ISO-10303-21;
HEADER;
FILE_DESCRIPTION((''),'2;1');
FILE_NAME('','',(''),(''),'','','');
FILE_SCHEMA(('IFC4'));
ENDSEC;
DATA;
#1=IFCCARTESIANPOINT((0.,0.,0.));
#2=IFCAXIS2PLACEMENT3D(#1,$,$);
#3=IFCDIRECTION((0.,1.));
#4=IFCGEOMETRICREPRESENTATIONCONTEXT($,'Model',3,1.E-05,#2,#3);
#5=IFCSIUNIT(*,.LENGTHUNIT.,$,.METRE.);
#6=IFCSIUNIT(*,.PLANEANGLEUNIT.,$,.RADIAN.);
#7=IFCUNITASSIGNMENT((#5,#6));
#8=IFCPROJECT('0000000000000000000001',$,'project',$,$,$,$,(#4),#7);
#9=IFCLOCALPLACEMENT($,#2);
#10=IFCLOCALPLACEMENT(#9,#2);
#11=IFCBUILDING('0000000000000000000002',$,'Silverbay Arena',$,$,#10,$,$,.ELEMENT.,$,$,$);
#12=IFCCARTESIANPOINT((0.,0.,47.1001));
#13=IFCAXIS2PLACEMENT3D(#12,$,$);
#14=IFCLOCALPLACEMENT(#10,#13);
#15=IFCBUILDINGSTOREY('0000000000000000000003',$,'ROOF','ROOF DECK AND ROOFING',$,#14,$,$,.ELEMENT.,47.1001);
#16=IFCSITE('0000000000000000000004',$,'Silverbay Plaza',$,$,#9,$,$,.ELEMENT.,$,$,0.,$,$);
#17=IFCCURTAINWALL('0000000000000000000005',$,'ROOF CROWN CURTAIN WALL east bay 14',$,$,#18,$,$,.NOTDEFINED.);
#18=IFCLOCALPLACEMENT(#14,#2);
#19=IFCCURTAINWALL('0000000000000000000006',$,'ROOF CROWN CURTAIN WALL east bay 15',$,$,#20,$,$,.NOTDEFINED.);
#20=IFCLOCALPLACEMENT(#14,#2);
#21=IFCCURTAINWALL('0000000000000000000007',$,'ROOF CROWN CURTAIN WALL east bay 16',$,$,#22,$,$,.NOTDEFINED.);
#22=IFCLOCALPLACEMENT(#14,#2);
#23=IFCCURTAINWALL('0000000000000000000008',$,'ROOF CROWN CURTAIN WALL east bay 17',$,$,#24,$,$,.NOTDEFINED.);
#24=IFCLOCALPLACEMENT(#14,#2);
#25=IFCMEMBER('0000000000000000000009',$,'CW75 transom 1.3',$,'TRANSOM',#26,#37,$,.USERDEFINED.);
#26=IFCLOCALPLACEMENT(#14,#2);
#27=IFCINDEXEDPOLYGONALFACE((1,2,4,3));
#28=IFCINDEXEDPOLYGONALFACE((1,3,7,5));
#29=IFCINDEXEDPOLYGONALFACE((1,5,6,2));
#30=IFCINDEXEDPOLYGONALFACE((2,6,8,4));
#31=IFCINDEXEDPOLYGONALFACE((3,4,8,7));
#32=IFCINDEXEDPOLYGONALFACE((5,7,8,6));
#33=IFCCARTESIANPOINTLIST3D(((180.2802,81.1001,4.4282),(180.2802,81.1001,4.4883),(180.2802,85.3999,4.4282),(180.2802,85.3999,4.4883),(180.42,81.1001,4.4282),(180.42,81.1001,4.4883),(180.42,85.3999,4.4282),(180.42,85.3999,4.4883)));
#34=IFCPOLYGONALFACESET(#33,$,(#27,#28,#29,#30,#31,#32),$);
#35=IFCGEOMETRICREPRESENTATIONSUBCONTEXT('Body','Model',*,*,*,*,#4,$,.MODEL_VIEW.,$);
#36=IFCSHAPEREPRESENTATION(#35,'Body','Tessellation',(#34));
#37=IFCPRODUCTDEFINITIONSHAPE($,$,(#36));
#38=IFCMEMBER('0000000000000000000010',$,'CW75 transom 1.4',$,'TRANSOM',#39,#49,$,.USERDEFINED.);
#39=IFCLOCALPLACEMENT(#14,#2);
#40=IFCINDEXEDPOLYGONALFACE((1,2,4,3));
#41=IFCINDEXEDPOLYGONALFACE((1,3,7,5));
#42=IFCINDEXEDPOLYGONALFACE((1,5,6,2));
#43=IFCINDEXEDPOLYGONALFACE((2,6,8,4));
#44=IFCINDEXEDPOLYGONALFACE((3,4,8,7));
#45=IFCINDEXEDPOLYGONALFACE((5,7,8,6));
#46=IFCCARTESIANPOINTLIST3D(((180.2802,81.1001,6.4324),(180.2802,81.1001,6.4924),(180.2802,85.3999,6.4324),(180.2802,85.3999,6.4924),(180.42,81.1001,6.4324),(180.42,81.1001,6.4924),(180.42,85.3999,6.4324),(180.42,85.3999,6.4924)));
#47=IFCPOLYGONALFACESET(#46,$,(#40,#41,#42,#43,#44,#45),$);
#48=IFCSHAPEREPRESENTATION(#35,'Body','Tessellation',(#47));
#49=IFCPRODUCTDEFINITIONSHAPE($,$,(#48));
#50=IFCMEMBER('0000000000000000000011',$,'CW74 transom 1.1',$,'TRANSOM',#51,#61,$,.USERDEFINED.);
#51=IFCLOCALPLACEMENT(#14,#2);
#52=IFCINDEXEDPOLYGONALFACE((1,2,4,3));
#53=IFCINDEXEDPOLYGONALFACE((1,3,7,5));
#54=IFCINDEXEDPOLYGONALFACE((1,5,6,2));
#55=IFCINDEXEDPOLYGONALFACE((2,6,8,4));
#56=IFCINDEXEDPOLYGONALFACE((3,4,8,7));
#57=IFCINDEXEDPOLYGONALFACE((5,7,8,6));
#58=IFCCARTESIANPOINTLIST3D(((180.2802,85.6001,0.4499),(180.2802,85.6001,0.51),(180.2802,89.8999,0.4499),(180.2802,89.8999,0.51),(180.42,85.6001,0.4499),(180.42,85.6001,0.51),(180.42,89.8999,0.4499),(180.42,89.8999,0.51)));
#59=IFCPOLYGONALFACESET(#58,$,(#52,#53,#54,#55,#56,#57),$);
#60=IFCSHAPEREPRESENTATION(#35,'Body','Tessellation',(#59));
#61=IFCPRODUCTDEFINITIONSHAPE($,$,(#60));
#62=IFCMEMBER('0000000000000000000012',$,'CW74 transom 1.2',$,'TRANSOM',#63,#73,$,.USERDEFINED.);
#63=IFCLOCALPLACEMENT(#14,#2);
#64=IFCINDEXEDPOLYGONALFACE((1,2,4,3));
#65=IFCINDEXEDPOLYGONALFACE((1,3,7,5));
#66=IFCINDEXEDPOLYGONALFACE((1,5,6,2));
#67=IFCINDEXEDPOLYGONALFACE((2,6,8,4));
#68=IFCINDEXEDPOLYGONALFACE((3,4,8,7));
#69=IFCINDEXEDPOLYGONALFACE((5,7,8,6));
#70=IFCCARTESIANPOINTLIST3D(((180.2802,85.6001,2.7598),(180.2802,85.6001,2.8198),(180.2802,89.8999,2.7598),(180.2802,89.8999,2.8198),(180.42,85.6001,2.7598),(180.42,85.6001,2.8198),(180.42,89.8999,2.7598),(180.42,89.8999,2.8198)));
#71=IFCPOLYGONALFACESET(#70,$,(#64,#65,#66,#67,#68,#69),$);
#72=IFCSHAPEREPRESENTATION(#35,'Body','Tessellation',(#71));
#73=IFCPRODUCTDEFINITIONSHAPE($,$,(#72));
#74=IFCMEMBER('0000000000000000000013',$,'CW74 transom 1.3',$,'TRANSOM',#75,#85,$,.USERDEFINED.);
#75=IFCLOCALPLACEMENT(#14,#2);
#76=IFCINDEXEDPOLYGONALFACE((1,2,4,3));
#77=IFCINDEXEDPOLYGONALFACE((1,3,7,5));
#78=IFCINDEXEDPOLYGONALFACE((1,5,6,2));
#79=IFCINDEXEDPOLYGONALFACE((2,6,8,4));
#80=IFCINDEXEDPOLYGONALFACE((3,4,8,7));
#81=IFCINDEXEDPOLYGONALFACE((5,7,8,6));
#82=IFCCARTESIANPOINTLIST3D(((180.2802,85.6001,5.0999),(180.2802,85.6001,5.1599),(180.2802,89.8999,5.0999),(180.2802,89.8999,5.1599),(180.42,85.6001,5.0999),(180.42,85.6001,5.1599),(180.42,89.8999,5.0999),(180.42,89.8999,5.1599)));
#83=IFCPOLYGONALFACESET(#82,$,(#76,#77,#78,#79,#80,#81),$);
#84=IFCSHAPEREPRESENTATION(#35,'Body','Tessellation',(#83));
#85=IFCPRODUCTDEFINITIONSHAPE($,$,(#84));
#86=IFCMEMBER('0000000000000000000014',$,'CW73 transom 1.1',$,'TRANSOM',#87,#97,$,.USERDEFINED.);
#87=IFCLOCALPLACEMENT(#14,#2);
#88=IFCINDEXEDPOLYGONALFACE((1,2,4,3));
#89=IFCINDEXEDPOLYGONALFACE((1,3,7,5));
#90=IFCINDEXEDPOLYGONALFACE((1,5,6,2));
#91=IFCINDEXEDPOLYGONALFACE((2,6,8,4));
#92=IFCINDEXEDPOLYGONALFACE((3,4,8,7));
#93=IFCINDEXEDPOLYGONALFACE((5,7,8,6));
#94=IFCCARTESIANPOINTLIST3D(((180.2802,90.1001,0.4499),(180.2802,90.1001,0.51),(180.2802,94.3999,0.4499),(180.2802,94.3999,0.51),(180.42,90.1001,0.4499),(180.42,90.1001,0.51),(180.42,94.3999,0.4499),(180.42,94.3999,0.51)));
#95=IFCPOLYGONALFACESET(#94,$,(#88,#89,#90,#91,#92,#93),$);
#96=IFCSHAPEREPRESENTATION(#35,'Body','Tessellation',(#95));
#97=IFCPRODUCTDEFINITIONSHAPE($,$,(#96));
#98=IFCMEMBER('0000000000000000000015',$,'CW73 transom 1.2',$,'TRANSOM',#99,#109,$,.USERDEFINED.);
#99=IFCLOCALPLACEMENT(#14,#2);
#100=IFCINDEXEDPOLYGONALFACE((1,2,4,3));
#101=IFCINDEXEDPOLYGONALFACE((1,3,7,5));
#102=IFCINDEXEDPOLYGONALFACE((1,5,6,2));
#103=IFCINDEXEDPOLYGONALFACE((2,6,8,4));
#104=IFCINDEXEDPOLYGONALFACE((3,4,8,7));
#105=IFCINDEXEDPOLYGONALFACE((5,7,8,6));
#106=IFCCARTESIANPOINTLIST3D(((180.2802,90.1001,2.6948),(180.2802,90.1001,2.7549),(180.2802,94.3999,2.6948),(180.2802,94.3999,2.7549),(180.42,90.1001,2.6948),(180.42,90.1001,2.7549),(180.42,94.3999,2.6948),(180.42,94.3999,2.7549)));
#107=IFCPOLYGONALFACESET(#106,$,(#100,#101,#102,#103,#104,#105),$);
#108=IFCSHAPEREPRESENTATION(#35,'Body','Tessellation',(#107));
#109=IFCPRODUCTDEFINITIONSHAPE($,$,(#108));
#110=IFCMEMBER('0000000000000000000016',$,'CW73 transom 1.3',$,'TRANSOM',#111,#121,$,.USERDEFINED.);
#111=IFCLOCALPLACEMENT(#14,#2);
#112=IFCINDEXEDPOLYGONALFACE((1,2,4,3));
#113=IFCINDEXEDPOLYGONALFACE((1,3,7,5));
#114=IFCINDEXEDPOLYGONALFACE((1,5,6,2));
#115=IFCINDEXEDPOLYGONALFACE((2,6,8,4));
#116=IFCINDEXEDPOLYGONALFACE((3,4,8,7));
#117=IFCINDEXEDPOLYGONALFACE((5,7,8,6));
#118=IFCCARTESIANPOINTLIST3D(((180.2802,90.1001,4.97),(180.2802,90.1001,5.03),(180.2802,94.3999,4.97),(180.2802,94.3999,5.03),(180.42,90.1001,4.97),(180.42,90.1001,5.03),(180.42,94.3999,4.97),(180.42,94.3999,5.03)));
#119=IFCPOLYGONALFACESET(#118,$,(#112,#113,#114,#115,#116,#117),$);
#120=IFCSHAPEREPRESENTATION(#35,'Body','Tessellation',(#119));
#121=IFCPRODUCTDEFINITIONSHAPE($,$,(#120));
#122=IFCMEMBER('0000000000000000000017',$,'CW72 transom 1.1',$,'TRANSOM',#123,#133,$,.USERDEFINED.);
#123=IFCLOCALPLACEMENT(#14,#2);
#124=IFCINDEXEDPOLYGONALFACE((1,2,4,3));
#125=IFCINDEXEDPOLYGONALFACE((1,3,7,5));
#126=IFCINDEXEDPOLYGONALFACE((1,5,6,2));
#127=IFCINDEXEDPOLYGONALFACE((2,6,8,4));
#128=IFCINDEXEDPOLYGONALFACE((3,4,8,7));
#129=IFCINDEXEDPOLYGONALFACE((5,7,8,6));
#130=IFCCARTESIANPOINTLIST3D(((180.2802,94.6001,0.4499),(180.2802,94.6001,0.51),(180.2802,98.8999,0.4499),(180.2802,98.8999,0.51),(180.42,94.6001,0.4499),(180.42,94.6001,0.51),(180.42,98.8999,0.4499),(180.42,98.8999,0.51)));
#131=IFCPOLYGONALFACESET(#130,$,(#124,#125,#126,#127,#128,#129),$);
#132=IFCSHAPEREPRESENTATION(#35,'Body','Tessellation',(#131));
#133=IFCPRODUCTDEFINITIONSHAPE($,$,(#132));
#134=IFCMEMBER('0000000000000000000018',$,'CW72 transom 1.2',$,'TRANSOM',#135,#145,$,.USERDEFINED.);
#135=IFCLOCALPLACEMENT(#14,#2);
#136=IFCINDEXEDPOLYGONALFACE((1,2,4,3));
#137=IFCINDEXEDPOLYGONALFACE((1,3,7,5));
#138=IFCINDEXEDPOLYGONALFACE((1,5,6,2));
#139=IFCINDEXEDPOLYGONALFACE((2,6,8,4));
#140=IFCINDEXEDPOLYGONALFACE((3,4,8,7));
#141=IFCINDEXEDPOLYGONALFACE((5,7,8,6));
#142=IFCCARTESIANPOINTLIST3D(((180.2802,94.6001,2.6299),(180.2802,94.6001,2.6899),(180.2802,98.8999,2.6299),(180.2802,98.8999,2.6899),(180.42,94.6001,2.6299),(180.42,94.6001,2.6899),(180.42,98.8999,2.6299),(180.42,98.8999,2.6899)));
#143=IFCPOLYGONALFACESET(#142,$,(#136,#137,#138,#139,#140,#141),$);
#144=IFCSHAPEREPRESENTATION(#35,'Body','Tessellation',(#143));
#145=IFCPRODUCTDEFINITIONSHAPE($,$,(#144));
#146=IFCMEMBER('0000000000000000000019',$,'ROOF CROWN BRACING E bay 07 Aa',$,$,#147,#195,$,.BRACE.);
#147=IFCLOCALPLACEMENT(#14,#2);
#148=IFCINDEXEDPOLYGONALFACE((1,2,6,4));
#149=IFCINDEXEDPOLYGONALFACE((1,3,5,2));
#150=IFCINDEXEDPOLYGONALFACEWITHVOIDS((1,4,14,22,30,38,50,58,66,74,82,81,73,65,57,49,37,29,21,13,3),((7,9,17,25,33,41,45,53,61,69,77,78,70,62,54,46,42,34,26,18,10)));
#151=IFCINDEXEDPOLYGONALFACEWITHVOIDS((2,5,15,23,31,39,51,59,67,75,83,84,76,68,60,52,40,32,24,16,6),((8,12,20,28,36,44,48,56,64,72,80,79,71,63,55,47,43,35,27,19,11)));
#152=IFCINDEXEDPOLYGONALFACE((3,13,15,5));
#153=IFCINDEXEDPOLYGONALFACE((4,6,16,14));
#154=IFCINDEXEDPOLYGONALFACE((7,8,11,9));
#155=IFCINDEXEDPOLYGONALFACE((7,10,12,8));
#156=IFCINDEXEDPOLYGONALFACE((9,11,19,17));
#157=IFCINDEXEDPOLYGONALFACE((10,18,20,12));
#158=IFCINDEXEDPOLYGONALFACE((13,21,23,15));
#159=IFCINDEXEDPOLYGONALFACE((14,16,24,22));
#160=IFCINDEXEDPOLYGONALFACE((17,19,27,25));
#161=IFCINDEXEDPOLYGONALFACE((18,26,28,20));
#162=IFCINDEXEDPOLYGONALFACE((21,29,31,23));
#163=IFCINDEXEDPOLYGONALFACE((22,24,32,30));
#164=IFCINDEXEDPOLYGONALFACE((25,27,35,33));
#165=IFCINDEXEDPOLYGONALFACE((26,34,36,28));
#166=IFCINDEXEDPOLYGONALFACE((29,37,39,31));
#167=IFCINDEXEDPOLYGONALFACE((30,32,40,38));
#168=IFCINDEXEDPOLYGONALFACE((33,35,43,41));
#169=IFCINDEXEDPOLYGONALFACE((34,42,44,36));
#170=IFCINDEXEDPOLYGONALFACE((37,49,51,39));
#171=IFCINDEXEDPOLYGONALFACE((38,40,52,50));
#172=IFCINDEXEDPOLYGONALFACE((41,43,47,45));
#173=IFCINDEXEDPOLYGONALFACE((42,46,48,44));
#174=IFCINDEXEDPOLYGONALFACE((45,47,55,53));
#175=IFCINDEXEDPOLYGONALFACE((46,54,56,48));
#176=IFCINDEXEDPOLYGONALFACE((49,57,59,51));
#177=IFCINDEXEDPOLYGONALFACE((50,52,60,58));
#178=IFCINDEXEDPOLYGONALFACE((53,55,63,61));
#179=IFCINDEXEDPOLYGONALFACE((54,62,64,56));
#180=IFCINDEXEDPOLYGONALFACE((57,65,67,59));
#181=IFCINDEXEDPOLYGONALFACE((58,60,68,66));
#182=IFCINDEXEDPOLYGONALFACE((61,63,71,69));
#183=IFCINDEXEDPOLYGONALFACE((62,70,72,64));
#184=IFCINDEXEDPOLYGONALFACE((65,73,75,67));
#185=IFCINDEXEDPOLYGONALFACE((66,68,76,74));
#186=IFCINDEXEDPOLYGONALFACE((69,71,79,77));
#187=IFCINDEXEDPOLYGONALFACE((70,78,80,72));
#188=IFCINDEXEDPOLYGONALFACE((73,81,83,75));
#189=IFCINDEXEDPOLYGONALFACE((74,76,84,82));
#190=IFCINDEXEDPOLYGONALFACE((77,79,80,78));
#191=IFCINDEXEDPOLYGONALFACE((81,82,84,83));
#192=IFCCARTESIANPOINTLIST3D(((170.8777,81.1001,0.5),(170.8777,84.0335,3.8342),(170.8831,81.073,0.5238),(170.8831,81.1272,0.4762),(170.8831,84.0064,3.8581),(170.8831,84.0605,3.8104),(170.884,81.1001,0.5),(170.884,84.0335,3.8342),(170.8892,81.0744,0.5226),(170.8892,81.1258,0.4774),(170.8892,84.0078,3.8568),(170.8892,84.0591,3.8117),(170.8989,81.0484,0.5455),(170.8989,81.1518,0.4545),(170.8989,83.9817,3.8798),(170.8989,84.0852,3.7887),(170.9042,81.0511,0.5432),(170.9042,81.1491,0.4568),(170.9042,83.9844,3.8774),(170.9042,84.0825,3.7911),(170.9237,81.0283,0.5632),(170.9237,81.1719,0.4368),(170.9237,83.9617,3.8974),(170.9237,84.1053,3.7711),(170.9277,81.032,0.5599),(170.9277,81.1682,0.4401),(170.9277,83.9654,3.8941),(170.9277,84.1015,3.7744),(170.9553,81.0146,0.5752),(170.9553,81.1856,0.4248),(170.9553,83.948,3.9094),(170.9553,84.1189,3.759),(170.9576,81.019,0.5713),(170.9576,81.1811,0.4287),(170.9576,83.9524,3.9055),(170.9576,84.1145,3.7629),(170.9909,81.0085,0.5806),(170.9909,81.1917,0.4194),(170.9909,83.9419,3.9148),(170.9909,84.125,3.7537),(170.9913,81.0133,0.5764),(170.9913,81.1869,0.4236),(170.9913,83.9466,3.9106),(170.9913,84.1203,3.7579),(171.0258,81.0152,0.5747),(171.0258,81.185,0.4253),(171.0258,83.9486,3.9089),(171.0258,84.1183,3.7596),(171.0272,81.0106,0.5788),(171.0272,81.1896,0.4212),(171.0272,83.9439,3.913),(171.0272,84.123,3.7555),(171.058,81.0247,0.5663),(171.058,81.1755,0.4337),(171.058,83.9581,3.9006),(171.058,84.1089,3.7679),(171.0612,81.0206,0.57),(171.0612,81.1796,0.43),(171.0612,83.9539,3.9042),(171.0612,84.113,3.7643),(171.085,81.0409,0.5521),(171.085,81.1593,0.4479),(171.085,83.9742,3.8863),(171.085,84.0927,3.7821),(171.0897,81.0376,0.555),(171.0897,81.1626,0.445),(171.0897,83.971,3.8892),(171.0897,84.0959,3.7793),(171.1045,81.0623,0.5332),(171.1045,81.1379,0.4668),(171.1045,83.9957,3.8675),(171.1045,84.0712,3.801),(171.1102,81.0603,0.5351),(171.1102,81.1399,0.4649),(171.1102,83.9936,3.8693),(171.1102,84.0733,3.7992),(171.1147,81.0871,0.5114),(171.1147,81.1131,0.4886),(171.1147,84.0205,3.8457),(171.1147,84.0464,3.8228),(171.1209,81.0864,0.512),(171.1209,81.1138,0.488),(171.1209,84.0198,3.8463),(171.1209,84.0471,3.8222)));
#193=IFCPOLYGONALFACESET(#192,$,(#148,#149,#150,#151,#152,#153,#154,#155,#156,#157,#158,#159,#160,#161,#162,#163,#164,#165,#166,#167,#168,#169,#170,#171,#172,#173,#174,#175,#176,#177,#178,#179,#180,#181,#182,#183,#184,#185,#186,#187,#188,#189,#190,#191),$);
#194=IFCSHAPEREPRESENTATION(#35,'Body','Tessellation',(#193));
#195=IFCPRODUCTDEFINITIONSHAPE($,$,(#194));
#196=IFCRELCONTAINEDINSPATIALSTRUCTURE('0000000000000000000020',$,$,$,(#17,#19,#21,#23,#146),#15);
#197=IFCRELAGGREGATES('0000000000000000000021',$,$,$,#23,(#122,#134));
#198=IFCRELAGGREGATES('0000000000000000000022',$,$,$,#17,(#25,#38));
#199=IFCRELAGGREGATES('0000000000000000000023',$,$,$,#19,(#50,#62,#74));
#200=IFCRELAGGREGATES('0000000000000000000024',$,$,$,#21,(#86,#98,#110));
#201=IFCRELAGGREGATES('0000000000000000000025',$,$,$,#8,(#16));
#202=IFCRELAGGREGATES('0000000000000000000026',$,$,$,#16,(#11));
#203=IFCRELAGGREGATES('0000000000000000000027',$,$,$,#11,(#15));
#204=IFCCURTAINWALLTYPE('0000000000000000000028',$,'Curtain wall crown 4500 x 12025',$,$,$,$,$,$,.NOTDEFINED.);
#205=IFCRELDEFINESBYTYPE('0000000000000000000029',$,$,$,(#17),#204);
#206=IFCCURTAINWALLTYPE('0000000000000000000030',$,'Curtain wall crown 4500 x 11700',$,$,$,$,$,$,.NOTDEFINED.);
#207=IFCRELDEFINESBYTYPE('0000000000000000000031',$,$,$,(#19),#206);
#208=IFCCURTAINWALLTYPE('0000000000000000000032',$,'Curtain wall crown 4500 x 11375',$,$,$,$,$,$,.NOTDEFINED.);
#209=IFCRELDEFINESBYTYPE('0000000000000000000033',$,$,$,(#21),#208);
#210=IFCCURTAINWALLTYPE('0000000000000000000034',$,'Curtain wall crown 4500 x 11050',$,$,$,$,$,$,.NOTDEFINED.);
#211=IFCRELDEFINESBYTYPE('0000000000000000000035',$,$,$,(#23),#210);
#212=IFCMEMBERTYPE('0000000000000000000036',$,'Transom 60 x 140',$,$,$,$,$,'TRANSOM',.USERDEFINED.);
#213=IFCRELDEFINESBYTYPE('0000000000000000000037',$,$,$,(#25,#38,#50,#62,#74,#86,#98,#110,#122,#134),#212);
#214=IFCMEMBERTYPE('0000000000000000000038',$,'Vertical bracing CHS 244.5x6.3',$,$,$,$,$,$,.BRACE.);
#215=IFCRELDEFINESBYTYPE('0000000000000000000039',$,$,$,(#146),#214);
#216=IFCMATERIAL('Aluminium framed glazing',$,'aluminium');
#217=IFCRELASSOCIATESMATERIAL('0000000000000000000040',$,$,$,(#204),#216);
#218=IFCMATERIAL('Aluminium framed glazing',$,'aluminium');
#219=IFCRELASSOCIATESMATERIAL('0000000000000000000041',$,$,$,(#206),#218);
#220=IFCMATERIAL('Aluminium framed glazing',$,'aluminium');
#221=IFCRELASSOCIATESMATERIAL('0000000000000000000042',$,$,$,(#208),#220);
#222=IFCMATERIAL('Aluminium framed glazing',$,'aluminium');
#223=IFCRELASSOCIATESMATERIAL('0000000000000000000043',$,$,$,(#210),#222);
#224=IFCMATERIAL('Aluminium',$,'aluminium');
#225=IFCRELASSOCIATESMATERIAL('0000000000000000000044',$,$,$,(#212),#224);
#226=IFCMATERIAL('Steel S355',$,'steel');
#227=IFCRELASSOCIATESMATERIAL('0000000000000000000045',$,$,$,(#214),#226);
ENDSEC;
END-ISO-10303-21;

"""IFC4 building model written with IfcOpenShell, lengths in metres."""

from ifc_helpers import new_model, si_unit, direction, frame, origin, origin_2d, place, context, subcontext, project, spatial, rectangle, hollow_circle, extrude, material, material_profile, profile_set, type_object, element, aggregate, save


model = new_model("IFC4")

# Units and contexts
model_context = context("Model", 3, precision=1e-05, world=origin(), true_north=direction((0.0, 1.0)))
body_context = subcontext(model_context, "Body", "Model", "MODEL_VIEW")
ifc_project = project(units=[si_unit("LENGTHUNIT", "METRE"), si_unit("PLANEANGLEUNIT", "RADIAN")], contexts=[model_context])

# Site, building, storey
site_placement = place(None, origin())
site = spatial("IfcSite", under=ifc_project, at=site_placement, Name="Silverbay Plaza", CompositionType="ELEMENT", RefElevation=0.0)
building_placement = place(site_placement, origin())
building = spatial("IfcBuilding", under=site, at=building_placement, Name="Silverbay Arena", CompositionType="ELEMENT")
storey_placement = place(building_placement, frame((0.0, 0.0, 47.1001)))
storey = spatial("IfcBuildingStorey", under=building, at=storey_placement, Name="ROOF", Description="ROOF DECK AND ROOFING", CompositionType="ELEMENT", Elevation=47.1001)

# Curtain walls
ifc_material_1 = material(Name="Aluminium framed glazing", Category="aluminium")
curtain_wall_type_1 = type_object("IfcCurtainWallType", Name="Curtain wall crown 4500 x 12025", PredefinedType="NOTDEFINED", material=ifc_material_1)
curtain_wall_1_placement = place(storey_placement, origin())
curtain_wall_1 = element("IfcCurtainWall", 1, at=curtain_wall_1_placement, inside=storey, type_object=curtain_wall_type_1, Name="ROOF CROWN CURTAIN WALL east bay 14", PredefinedType="NOTDEFINED")
placement = place(building_placement, frame((0.0, 0.0, 33.5)))
ifc_material_2 = material(Name="Aluminium framed glazing", Category="aluminium")
curtain_wall_type_2 = type_object("IfcCurtainWallType", Name="Curtain wall crown 4500 x 11700", PredefinedType="NOTDEFINED", material=ifc_material_2)
curtain_wall_2_placement = place(storey_placement, origin())
curtain_wall_2 = element("IfcCurtainWall", 2, at=curtain_wall_2_placement, inside=storey, type_object=curtain_wall_type_2, Name="ROOF CROWN CURTAIN WALL east bay 15", PredefinedType="NOTDEFINED")
ifc_material_3 = material(Name="Aluminium framed glazing", Category="aluminium")
curtain_wall_type_3 = type_object("IfcCurtainWallType", Name="Curtain wall crown 4500 x 11375", PredefinedType="NOTDEFINED", material=ifc_material_3)
curtain_wall_3_placement = place(storey_placement, origin())
curtain_wall_3 = element("IfcCurtainWall", 3, at=curtain_wall_3_placement, inside=storey, type_object=curtain_wall_type_3, Name="ROOF CROWN CURTAIN WALL east bay 16", PredefinedType="NOTDEFINED")

# Curtain wall
ifc_material_4 = material(Name="Aluminium framed glazing", Category="aluminium")
curtain_wall_type_4 = type_object("IfcCurtainWallType", Name="Curtain wall crown 4500 x 11050", PredefinedType="NOTDEFINED", material=ifc_material_4)
curtain_wall_4_placement = place(storey_placement, origin())
curtain_wall_4 = element("IfcCurtainWall", 4, at=curtain_wall_4_placement, inside=storey, type_object=curtain_wall_type_4, Name="ROOF CROWN CURTAIN WALL east bay 17", PredefinedType="NOTDEFINED")

# Members
ifc_material_5 = material(Name="Aluminium", Category="aluminium")
ifc_material_profile_1 = material_profile(ifc_material_5, rectangle(XDim=0.1399, YDim=0.0601, at=origin_2d()), Name="Transom 60 x 140")
ifc_profile_set_1 = profile_set([ifc_material_profile_1], Name="Aluminium")
member_type_1 = type_object("IfcMemberType", Name="Transom 60 x 140", ElementType="TRANSOM", PredefinedType="USERDEFINED", material=ifc_profile_set_1)
member_1_placement = place(placement, frame((180.3501, 81.1001, 18.0583), z_axis=(0.0, 1.0, 0.0), x_axis=(-1.0, 0.0, 0.0)))
member_1 = element("IfcMember", 5, at=member_1_placement, type_object=member_type_1, Name="CW75 transom 1.3", ObjectType="TRANSOM", PredefinedType="USERDEFINED", context=body_context, shape_type="SweptSolid", body=[
    extrude(rectangle(XDim=0.1399, YDim=0.0601, at=origin_2d()), origin(), (0.0, 0.0, 1.0), 4.2998),
])
member_2_placement = place(placement, frame((180.3501, 81.1001, 20.0625), z_axis=(0.0, 1.0, 0.0), x_axis=(-1.0, 0.0, 0.0)))
member_2 = element("IfcMember", 6, at=member_2_placement, type_object=member_type_1, Name="CW75 transom 1.4", ObjectType="TRANSOM", PredefinedType="USERDEFINED", context=body_context, shape_type="SweptSolid", body=[
    extrude(rectangle(XDim=0.1399, YDim=0.0601, at=origin_2d()), origin(), (0.0, 0.0, 1.0), 4.2998),
])
member_3_placement = place(placement, frame((180.3501, 85.6001, 14.0801), z_axis=(0.0, 1.0, 0.0), x_axis=(-1.0, 0.0, 0.0)))
member_3 = element("IfcMember", 7, at=member_3_placement, type_object=member_type_1, Name="CW74 transom 1.1", ObjectType="TRANSOM", PredefinedType="USERDEFINED", context=body_context, shape_type="SweptSolid", body=[
    extrude(rectangle(XDim=0.1399, YDim=0.0601, at=origin_2d()), origin(), (0.0, 0.0, 1.0), 4.2998),
])
member_4_placement = place(placement, frame((180.3501, 85.6001, 16.3899), z_axis=(0.0, 1.0, 0.0), x_axis=(-1.0, 0.0, 0.0)))
member_4 = element("IfcMember", 8, at=member_4_placement, type_object=member_type_1, Name="CW74 transom 1.2", ObjectType="TRANSOM", PredefinedType="USERDEFINED", context=body_context, shape_type="SweptSolid", body=[
    extrude(rectangle(XDim=0.1399, YDim=0.0601, at=origin_2d()), origin(), (0.0, 0.0, 1.0), 4.2998),
])
member_5_placement = place(placement, frame((180.3501, 85.6001, 18.73), z_axis=(0.0, 1.0, 0.0), x_axis=(-1.0, 0.0, 0.0)))
member_5 = element("IfcMember", 9, at=member_5_placement, type_object=member_type_1, Name="CW74 transom 1.3", ObjectType="TRANSOM", PredefinedType="USERDEFINED", context=body_context, shape_type="SweptSolid", body=[
    extrude(rectangle(XDim=0.1399, YDim=0.0601, at=origin_2d()), origin(), (0.0, 0.0, 1.0), 4.2998),
])
member_6_placement = place(placement, frame((180.3501, 90.1001, 14.0801), z_axis=(0.0, 1.0, 0.0), x_axis=(-1.0, 0.0, 0.0)))
member_6 = element("IfcMember", 10, at=member_6_placement, type_object=member_type_1, Name="CW73 transom 1.1", ObjectType="TRANSOM", PredefinedType="USERDEFINED", context=body_context, shape_type="SweptSolid", body=[
    extrude(rectangle(XDim=0.1399, YDim=0.0601, at=origin_2d()), origin(), (0.0, 0.0, 1.0), 4.2998),
])
member_7_placement = place(placement, frame((180.3501, 90.1001, 16.325), z_axis=(0.0, 1.0, 0.0), x_axis=(-1.0, 0.0, 0.0)))
member_7 = element("IfcMember", 11, at=member_7_placement, type_object=member_type_1, Name="CW73 transom 1.2", ObjectType="TRANSOM", PredefinedType="USERDEFINED", context=body_context, shape_type="SweptSolid", body=[
    extrude(rectangle(XDim=0.1399, YDim=0.0601, at=origin_2d()), origin(), (0.0, 0.0, 1.0), 4.2998),
])
member_8_placement = place(placement, frame((180.3501, 90.1001, 18.6001), z_axis=(0.0, 1.0, 0.0), x_axis=(-1.0, 0.0, 0.0)))
member_8 = element("IfcMember", 12, at=member_8_placement, type_object=member_type_1, Name="CW73 transom 1.3", ObjectType="TRANSOM", PredefinedType="USERDEFINED", context=body_context, shape_type="SweptSolid", body=[
    extrude(rectangle(XDim=0.1399, YDim=0.0601, at=origin_2d()), origin(), (0.0, 0.0, 1.0), 4.2998),
])
member_9_placement = place(placement, frame((180.3501, 94.6001, 14.0801), z_axis=(0.0, 1.0, 0.0), x_axis=(-1.0, 0.0, 0.0)))
member_9 = element("IfcMember", 13, at=member_9_placement, type_object=member_type_1, Name="CW72 transom 1.1", ObjectType="TRANSOM", PredefinedType="USERDEFINED", context=body_context, shape_type="SweptSolid", body=[
    extrude(rectangle(XDim=0.1399, YDim=0.0601, at=origin_2d()), origin(), (0.0, 0.0, 1.0), 4.2998),
])
member_10_placement = place(placement, frame((180.3501, 94.6001, 16.26), z_axis=(0.0, 1.0, 0.0), x_axis=(-1.0, 0.0, 0.0)))
member_10 = element("IfcMember", 14, at=member_10_placement, type_object=member_type_1, Name="CW72 transom 1.2", ObjectType="TRANSOM", PredefinedType="USERDEFINED", context=body_context, shape_type="SweptSolid", body=[
    extrude(rectangle(XDim=0.1399, YDim=0.0601, at=origin_2d()), origin(), (0.0, 0.0, 1.0), 4.2998),
])
aggregate(curtain_wall_4, [member_9, member_10])

# Member
ifc_material_6 = material(Name="Steel S355", Category="steel")
ifc_material_profile_2 = material_profile(ifc_material_6, hollow_circle(Radius=0.1223, WallThickness=0.0063, at=origin_2d()), Name="CHS 244.5x6.3")
ifc_profile_set_2 = profile_set([ifc_material_profile_2], Name="Steel S355")
member_type_2 = type_object("IfcMemberType", Name="Vertical bracing CHS 244.5x6.3", PredefinedType="BRACE", material=ifc_profile_set_2)
for number, where, z_axis, x_axis, name in (
    (15, (171.0, 81.1001, 0.5), (0.0, 0.66053, 0.7508), (-1.0, 0.0, 0.0), "ROOF CROWN BRACING E bay 07 Aa"),
):
    element("IfcMember", number, at=place(storey_placement, frame(where, z_axis=z_axis, x_axis=x_axis)), inside=storey, type_object=member_type_2, Name=name, PredefinedType="BRACE", context=body_context, shape_type="SweptSolid", body=[
        extrude(hollow_circle(Radius=0.1223, WallThickness=0.0063, at=origin_2d()), origin(), (0.0, 0.0, 1.0), 4.4409),
    ])

aggregate(curtain_wall_1, [member_1, member_2])
aggregate(curtain_wall_2, [member_3, member_4, member_5])
aggregate(curtain_wall_3, [member_6, member_7, member_8])

save(model, "model.ifc")
